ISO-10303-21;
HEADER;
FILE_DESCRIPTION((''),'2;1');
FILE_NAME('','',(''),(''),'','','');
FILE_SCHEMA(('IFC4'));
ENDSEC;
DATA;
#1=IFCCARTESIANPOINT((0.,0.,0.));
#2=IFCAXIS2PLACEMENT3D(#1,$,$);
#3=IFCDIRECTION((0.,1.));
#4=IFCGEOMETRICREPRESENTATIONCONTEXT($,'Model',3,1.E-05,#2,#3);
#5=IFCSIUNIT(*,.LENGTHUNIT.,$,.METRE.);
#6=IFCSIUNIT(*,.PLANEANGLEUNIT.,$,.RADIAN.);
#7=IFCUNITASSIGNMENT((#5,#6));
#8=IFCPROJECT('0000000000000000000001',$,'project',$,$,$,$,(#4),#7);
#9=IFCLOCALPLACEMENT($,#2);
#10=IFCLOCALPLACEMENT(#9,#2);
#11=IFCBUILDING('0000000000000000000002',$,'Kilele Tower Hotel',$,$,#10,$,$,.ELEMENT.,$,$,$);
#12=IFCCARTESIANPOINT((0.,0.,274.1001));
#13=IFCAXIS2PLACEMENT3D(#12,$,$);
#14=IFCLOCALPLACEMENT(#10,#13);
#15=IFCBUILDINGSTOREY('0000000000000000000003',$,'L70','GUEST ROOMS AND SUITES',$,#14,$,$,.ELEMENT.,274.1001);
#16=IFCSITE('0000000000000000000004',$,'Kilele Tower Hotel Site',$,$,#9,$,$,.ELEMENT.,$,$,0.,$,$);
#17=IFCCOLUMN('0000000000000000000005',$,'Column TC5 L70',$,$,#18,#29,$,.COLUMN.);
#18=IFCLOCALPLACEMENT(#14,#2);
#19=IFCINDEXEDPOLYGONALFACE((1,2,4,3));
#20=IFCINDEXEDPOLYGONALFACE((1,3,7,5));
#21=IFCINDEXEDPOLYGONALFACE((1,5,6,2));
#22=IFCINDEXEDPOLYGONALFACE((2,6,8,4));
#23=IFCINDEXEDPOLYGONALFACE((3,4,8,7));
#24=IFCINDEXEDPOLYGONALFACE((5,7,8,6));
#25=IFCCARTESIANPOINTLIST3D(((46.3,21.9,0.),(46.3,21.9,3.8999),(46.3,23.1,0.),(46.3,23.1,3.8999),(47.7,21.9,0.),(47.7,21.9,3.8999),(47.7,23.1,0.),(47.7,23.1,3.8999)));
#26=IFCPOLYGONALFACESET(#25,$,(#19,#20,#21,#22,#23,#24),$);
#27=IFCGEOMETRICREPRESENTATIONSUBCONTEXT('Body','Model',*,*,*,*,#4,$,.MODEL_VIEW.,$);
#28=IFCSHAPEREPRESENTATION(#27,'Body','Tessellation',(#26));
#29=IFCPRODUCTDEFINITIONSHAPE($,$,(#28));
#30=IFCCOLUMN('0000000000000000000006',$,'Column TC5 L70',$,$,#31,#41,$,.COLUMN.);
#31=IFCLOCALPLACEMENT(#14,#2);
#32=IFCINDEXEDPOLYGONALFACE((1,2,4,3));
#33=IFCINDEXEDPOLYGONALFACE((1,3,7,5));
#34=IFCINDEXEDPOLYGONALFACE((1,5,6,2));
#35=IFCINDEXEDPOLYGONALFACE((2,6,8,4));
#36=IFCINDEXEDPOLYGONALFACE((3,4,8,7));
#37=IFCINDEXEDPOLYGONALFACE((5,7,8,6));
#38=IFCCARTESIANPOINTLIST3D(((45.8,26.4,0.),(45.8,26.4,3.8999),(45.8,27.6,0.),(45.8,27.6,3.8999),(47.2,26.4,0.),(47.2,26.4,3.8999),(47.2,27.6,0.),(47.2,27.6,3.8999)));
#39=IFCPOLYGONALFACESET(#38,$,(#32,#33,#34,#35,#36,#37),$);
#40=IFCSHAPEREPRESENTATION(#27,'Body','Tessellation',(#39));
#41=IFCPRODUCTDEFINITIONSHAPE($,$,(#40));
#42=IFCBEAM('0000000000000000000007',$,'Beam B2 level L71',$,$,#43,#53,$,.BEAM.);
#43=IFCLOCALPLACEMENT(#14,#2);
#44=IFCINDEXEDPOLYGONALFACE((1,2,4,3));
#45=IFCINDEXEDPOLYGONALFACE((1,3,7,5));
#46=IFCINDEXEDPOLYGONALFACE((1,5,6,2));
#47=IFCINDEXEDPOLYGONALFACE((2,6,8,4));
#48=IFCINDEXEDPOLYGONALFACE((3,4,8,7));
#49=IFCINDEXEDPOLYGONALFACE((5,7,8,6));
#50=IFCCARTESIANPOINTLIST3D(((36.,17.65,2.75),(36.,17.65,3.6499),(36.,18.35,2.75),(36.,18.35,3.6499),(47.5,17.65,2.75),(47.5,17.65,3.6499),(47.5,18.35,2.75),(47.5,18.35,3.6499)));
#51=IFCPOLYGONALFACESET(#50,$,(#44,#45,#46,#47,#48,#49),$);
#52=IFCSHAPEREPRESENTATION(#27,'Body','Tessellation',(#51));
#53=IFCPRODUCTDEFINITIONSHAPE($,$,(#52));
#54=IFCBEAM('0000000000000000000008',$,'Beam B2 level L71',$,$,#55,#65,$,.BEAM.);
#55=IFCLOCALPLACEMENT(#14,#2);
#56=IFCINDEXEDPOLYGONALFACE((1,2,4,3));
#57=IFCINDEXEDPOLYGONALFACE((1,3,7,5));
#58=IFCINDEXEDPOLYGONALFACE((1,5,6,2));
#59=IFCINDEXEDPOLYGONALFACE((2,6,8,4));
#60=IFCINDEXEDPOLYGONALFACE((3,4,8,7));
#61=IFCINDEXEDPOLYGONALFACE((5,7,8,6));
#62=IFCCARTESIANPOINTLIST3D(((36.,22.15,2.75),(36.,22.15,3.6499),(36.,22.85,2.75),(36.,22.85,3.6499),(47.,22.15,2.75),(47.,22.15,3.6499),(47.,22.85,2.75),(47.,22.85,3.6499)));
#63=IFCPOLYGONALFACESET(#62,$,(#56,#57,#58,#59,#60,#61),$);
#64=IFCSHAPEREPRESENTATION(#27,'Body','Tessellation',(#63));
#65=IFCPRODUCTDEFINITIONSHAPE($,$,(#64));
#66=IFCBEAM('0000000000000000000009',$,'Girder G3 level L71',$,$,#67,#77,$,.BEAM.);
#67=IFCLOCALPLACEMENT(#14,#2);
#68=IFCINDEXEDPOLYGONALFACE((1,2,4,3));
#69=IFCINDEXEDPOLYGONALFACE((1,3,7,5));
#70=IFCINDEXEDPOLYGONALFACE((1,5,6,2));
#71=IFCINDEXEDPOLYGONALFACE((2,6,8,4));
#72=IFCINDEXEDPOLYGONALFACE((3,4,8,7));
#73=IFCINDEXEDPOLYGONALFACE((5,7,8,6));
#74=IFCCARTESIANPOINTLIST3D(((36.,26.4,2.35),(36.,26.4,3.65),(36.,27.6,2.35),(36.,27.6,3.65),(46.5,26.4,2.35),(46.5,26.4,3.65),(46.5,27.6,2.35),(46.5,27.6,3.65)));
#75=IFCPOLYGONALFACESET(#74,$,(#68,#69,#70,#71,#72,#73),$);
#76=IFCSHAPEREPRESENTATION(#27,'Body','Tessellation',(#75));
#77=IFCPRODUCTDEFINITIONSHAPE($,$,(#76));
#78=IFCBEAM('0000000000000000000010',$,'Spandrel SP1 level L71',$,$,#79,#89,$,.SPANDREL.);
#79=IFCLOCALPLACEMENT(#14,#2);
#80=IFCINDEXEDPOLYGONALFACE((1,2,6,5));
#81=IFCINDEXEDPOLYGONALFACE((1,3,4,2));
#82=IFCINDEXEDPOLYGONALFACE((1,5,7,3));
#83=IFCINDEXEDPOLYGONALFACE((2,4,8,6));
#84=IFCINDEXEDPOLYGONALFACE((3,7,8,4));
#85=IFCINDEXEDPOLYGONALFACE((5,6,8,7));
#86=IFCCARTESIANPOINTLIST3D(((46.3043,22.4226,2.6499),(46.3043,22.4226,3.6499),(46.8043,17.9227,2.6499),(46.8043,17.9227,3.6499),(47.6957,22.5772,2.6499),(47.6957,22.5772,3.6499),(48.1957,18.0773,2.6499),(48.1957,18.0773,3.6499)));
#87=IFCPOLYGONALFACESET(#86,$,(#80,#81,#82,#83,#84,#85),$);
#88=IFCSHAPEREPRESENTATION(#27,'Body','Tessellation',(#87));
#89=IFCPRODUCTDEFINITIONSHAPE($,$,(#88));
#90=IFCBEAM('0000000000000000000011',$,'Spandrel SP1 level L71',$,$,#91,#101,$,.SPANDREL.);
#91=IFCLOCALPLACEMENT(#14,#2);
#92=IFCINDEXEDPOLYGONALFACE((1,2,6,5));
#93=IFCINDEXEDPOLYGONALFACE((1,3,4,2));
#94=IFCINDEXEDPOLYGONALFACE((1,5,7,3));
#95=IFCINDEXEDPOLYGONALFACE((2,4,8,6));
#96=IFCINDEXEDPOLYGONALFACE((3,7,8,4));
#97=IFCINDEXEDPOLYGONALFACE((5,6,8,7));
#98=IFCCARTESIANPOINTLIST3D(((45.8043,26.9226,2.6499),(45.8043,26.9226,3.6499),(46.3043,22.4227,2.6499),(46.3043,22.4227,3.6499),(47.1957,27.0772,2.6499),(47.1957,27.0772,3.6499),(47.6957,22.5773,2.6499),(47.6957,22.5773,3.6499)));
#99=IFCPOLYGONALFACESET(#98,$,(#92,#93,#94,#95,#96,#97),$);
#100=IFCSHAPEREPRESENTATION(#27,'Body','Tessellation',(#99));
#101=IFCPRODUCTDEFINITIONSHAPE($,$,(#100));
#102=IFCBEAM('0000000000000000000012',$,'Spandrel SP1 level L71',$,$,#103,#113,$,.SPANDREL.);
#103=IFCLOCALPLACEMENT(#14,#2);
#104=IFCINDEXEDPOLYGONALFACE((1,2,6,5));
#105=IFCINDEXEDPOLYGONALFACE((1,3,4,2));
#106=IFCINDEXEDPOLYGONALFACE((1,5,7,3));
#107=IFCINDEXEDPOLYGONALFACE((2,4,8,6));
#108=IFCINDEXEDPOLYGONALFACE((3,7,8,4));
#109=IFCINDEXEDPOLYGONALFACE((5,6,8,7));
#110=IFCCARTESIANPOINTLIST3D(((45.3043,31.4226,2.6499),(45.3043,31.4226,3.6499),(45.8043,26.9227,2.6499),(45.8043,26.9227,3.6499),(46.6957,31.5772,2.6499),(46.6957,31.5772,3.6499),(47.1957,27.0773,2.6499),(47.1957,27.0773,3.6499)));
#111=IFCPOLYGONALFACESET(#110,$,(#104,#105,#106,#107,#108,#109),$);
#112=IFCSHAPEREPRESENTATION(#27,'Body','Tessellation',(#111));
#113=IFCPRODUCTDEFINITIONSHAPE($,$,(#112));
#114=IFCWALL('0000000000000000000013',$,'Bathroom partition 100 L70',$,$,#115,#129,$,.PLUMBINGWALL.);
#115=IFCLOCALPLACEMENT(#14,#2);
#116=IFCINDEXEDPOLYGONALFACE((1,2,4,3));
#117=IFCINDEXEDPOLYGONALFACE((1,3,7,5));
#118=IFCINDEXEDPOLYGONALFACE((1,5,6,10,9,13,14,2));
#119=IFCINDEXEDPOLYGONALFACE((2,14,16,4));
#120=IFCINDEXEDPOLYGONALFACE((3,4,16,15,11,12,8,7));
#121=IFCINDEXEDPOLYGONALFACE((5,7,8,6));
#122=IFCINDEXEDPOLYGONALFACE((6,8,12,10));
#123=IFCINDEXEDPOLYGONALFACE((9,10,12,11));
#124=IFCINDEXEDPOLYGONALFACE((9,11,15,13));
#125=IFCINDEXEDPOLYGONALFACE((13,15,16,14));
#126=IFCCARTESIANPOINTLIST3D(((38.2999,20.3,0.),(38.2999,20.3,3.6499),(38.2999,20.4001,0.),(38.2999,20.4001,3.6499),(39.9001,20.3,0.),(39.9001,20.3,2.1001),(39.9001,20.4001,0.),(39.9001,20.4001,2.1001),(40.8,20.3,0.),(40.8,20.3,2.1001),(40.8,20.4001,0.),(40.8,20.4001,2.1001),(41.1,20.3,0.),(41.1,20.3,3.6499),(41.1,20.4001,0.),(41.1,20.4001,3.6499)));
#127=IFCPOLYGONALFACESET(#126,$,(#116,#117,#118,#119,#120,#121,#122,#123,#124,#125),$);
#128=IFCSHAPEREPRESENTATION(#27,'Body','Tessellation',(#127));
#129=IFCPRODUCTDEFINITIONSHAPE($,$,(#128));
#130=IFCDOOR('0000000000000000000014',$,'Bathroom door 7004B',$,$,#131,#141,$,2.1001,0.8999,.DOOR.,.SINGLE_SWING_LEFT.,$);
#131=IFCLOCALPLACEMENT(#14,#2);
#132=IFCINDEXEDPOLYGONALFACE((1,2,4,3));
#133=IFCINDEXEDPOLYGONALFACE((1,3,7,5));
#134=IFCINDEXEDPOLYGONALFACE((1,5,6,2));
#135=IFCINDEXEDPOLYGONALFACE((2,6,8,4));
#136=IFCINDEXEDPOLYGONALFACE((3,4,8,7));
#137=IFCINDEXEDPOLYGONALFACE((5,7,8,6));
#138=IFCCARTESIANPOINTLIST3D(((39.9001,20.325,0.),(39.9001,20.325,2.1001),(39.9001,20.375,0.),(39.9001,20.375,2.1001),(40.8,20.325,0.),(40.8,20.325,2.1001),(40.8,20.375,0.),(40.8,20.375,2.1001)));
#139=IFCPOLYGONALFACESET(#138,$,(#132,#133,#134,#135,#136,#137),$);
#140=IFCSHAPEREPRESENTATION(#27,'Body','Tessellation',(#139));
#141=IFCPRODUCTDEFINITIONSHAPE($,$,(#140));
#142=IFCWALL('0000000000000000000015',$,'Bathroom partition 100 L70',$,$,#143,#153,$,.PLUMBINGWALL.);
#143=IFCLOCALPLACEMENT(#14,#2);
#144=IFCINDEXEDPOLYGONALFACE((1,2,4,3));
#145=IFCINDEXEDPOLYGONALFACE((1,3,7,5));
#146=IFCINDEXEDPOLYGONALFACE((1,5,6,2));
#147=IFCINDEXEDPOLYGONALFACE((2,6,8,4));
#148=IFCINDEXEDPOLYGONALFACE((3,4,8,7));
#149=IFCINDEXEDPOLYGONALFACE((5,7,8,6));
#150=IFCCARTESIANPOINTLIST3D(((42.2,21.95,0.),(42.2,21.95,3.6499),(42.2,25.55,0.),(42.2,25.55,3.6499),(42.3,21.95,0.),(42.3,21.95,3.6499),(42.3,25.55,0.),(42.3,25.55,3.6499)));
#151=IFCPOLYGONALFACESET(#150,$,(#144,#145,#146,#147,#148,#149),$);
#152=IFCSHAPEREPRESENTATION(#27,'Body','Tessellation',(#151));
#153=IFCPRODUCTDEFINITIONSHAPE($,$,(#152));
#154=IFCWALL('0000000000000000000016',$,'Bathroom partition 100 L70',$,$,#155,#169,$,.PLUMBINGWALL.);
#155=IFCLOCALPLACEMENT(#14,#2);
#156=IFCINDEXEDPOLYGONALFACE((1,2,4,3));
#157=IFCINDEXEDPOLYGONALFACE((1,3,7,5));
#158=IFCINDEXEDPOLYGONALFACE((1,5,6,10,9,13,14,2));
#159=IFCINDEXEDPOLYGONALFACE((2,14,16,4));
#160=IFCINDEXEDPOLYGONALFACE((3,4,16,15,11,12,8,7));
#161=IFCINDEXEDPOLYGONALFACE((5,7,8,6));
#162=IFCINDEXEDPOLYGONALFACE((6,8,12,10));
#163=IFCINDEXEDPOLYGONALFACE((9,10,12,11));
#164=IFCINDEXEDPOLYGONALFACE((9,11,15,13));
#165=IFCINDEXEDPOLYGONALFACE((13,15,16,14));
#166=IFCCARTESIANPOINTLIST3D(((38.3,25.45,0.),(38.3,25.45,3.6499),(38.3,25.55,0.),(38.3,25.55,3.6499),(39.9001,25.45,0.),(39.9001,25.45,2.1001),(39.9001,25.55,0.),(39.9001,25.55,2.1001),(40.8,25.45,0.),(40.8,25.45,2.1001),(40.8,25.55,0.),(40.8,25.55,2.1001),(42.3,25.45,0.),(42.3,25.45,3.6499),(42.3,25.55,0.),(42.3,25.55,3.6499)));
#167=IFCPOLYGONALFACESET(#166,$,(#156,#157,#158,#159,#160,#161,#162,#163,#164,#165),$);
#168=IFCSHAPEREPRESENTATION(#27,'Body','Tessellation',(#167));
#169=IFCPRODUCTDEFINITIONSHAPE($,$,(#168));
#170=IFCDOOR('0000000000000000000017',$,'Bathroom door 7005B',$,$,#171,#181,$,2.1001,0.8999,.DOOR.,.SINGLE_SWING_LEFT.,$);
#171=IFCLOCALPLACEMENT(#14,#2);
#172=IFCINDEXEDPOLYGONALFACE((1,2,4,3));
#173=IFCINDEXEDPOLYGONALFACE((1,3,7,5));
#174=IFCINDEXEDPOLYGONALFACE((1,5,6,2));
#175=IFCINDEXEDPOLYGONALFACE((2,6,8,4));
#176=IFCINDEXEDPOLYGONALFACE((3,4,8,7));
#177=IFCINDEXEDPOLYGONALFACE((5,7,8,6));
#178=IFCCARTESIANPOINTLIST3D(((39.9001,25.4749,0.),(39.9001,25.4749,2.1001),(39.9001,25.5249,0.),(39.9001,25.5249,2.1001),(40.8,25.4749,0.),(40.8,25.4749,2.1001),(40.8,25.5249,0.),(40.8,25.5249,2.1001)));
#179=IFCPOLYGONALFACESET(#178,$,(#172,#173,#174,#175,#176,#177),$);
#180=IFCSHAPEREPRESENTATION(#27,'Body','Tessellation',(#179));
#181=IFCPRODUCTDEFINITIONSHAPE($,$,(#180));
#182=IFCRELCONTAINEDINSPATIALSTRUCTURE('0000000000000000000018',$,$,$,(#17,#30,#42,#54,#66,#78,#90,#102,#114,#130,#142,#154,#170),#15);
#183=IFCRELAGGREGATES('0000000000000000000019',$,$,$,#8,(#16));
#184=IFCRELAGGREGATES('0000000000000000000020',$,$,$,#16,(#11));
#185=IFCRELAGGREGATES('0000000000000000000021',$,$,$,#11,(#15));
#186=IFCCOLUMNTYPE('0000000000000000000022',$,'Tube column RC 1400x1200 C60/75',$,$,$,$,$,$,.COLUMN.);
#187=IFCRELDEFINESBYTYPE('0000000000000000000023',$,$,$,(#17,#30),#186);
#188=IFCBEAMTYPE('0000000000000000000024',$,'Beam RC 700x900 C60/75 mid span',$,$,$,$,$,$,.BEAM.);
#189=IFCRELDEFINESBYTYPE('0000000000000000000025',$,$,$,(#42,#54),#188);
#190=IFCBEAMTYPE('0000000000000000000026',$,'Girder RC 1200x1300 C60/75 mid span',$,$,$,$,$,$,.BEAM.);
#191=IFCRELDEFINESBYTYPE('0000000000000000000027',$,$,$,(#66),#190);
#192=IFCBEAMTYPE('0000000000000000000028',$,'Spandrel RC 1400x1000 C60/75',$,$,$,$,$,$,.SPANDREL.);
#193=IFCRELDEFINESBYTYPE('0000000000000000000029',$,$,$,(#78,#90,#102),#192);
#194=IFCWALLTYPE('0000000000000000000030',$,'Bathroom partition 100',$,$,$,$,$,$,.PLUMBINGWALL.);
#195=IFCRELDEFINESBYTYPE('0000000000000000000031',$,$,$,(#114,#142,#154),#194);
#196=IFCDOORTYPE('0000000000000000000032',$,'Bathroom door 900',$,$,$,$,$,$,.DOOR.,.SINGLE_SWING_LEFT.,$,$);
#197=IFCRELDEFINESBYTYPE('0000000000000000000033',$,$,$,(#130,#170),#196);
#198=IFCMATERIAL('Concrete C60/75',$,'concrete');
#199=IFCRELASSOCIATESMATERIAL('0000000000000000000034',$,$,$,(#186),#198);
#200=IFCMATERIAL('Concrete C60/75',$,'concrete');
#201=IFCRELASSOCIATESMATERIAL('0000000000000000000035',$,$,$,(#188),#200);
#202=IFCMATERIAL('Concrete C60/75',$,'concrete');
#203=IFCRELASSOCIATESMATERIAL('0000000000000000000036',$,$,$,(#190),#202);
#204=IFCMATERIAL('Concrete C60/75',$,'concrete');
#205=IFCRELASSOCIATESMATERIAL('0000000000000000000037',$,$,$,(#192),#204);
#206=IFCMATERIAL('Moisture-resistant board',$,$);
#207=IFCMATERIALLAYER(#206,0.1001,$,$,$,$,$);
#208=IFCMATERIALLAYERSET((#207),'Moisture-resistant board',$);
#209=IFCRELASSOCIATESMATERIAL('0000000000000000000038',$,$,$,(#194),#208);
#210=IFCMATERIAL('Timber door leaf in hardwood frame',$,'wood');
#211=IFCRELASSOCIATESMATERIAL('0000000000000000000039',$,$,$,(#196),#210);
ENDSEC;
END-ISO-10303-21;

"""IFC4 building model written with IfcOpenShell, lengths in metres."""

from ifc_helpers import new_model, si_unit, direction, frame, frame_2d, origin, origin_2d, place, context, subcontext, project, spatial, rectangle, extrude, material, layer, layer_set, material_profile, profile_set, type_object, element, fill, save


model = new_model("IFC4")

# Units and contexts
model_context = context("Model", 3, precision=1e-05, world=origin(), true_north=direction((0.0, 1.0)))
body_context = subcontext(model_context, "Body", "Model", "MODEL_VIEW")
ifc_project = project(units=[si_unit("LENGTHUNIT", "METRE"), si_unit("PLANEANGLEUNIT", "RADIAN")], contexts=[model_context])

# Site, building, storey
site_placement = place(None, origin())
site = spatial("IfcSite", under=ifc_project, at=site_placement, Name="Kilele Tower Hotel Site", CompositionType="ELEMENT", RefElevation=0.0)
building_placement = place(site_placement, origin())
building = spatial("IfcBuilding", under=site, at=building_placement, Name="Kilele Tower Hotel", CompositionType="ELEMENT")
storey_placement = place(building_placement, frame((0.0, 0.0, 274.1001)))
storey = spatial("IfcBuildingStorey", under=building, at=storey_placement, Name="L70", Description="GUEST ROOMS AND SUITES", CompositionType="ELEMENT", Elevation=274.1001)

# Columns
ifc_material_1 = material(Name="Concrete C60/75", Category="concrete")
ifc_material_profile_1 = material_profile(ifc_material_1, rectangle(XDim=1.3999, YDim=1.2, at=origin_2d()))
ifc_profile_set_1 = profile_set([ifc_material_profile_1], Name="Concrete C60/75")
column_type = type_object("IfcColumnType", Name="Tube column RC 1400x1200 C60/75", PredefinedType="COLUMN", material=ifc_profile_set_1)
for number, where, z_axis, x_axis, name in (
    (1, (47.0, 22.5, 0.0), (0.0, 0.0, 1.0), (1.0, 0.0, 0.0), "Column TC5 L70"),
    (2, (46.5, 27.0, 0.0), (0.0, 0.0, 1.0), (1.0, 0.0, 0.0), "Column TC5 L70"),
):
    element("IfcColumn", number, at=place(storey_placement, frame(where, z_axis=z_axis, x_axis=x_axis)), inside=storey, type_object=column_type, Name=name, PredefinedType="COLUMN", context=body_context, shape_type="SweptSolid", body=[
        extrude(rectangle(XDim=1.3999, YDim=1.2, at=origin_2d()), origin(), (0.0, 0.0, 1.0), 3.8999),
    ])

# Beams
ifc_material_2 = material(Name="Concrete C60/75", Category="concrete")
ifc_material_profile_2 = material_profile(ifc_material_2, rectangle(XDim=0.7, YDim=0.8999, at=origin_2d()))
ifc_profile_set_2 = profile_set([ifc_material_profile_2], Name="Concrete C60/75")
beam_type_1 = type_object("IfcBeamType", Name="Beam RC 700x900 C60/75 mid span", PredefinedType="BEAM", material=ifc_profile_set_2)
beam_1_placement = place(storey_placement, frame((47.5, 18.0, 3.2), z_axis=(-1.0, 0.0, 0.0), x_axis=(0.0, -1.0, 0.0)))
element("IfcBeam", 3, at=beam_1_placement, inside=storey, type_object=beam_type_1, Name="Beam B2 level L71", PredefinedType="BEAM", context=body_context, shape_type="SweptSolid", body=[
    extrude(rectangle(XDim=0.7, YDim=0.8999, at=origin_2d()), origin(), (0.0, 0.0, 1.0), 11.5),
])
beam_2_placement = place(storey_placement, frame((47.0, 22.5, 3.2), z_axis=(-1.0, 0.0, 0.0), x_axis=(0.0, -1.0, 0.0)))
element("IfcBeam", 4, at=beam_2_placement, inside=storey, type_object=beam_type_1, Name="Beam B2 level L71", PredefinedType="BEAM", context=body_context, shape_type="SweptSolid", body=[
    extrude(rectangle(XDim=0.7, YDim=0.8999, at=origin_2d()), origin(), (0.0, 0.0, 1.0), 11.0),
])
ifc_material_3 = material(Name="Concrete C60/75", Category="concrete")
ifc_material_profile_3 = material_profile(ifc_material_3, rectangle(XDim=1.2, YDim=1.3, at=origin_2d()))
ifc_profile_set_3 = profile_set([ifc_material_profile_3], Name="Concrete C60/75")
beam_type_2 = type_object("IfcBeamType", Name="Girder RC 1200x1300 C60/75 mid span", PredefinedType="BEAM", material=ifc_profile_set_3)
beam_3_placement = place(storey_placement, frame((46.5, 27.0, 3.0), z_axis=(-1.0, 0.0, 0.0), x_axis=(0.0, -1.0, 0.0)))
element("IfcBeam", 5, at=beam_3_placement, inside=storey, type_object=beam_type_2, Name="Girder G3 level L71", PredefinedType="BEAM", context=body_context, shape_type="SweptSolid", body=[
    extrude(rectangle(XDim=1.2, YDim=1.3, at=origin_2d()), origin(), (0.0, 0.0, 1.0), 10.5),
])
ifc_material_4 = material(Name="Concrete C60/75", Category="concrete")
ifc_material_profile_4 = material_profile(ifc_material_4, rectangle(XDim=1.3999, YDim=1.0, at=origin_2d()))
ifc_profile_set_4 = profile_set([ifc_material_profile_4], Name="Concrete C60/75")
beam_type_3 = type_object("IfcBeamType", Name="Spandrel RC 1400x1000 C60/75", PredefinedType="SPANDREL", material=ifc_profile_set_4)
for number, where, z_axis, x_axis, name in (
    (6, (47.5, 18.0, 3.1499), (-0.110432, 0.993884, 0.0), (-0.993884, -0.110432, 0.0), "Spandrel SP1 level L71"),
    (7, (47.0, 22.5, 3.1499), (-0.110432, 0.993884, 0.0), (-0.993884, -0.110432, 0.0), "Spandrel SP1 level L71"),
    (8, (46.5, 27.0, 3.1499), (-0.110432, 0.993884, 0.0), (-0.993884, -0.110432, 0.0), "Spandrel SP1 level L71"),
):
    element("IfcBeam", number, at=place(storey_placement, frame(where, z_axis=z_axis, x_axis=x_axis)), inside=storey, type_object=beam_type_3, Name=name, PredefinedType="SPANDREL", context=body_context, shape_type="SweptSolid", body=[
        extrude(rectangle(XDim=1.3999, YDim=1.0, at=origin_2d()), origin(), (0.0, 0.0, 1.0), 4.5276),
    ])

# Wall, opening, door
ifc_material_5 = material(Name="Moisture-resistant board")
ifc_layer_1 = layer(ifc_material_5, 0.1001)
ifc_layer_set_1 = layer_set([ifc_layer_1], Name="Moisture-resistant board")
wall_type_1 = type_object("IfcWallType", Name="Bathroom partition 100", PredefinedType="PLUMBINGWALL", material=ifc_layer_set_1)
wall_1_placement = place(storey_placement, frame((38.3, 20.3501, 0.0), z_axis=(0.0, 0.0, 1.0), x_axis=(1.0, 0.0, 0.0)))
wall_1 = element("IfcWall", 9, at=wall_1_placement, inside=storey, type_object=wall_type_1, Name="Bathroom partition 100 L70", PredefinedType="PLUMBINGWALL", context=body_context, shape_type="SweptSolid", body=[
    extrude(rectangle(XDim=2.8, YDim=0.1001, at=frame_2d((1.3999, 0.0))), origin(), (0.0, 0.0, 1.0), 3.6499),
])
opening_1_placement = place(wall_1_placement, frame((1.6001, 0.0, 0.0)))
opening_1 = element("IfcOpeningElement", 10, at=opening_1_placement, cuts=wall_1, PredefinedType="OPENING", context=body_context, shape_type="SweptSolid", body=[
    extrude(rectangle(XDim=0.8999, YDim=2.1001, at=frame_2d((0.45, 1.05))), frame((0.0, 0.0601, 0.0), z_axis=(0.0, -1.0, 0.0), x_axis=(1.0, 0.0, 0.0)), (0.0, 0.0, 1.0), 0.1201),
])
ifc_material_6 = material(Name="Timber door leaf in hardwood frame", Category="wood")
door_type_1 = type_object("IfcDoorType", Name="Bathroom door 900", OperationType="SINGLE_SWING_LEFT", PredefinedType="DOOR", material=ifc_material_6)
door_1_placement = place(opening_1_placement, origin())
door_1 = element("IfcDoor", 11, at=door_1_placement, inside=storey, type_object=door_type_1, Name="Bathroom door 7004B", OperationType="SINGLE_SWING_LEFT", OverallHeight=2.1001, OverallWidth=0.8999, PredefinedType="DOOR", context=body_context, shape_type="SweptSolid", body=[
    extrude(rectangle(XDim=0.8999, YDim=2.1001, at=frame_2d((0.45, 1.05))), frame((0.0, 0.0249, 0.0), z_axis=(0.0, -1.0, 0.0), x_axis=(1.0, 0.0, 0.0)), (0.0, 0.0, 1.0), 0.05),
])
fill(opening_1, door_1)

# Wall
wall_2_placement = place(storey_placement, frame((42.25, 21.95, 0.0), z_axis=(0.0, 0.0, 1.0), x_axis=(0.0, 1.0, 0.0)))
element("IfcWall", 12, at=wall_2_placement, inside=storey, type_object=wall_type_1, Name="Bathroom partition 100 L70", PredefinedType="PLUMBINGWALL", context=body_context, shape_type="SweptSolid", body=[
    extrude(rectangle(XDim=3.6001, YDim=0.1001, at=frame_2d((1.8, 0.0))), origin(), (0.0, 0.0, 1.0), 3.6499),
])

# Wall, opening, door
wall_3_placement = place(storey_placement, frame((38.3, 25.5, 0.0), z_axis=(0.0, 0.0, 1.0), x_axis=(1.0, 0.0, 0.0)))
wall_3 = element("IfcWall", 13, at=wall_3_placement, inside=storey, type_object=wall_type_1, Name="Bathroom partition 100 L70", PredefinedType="PLUMBINGWALL", context=body_context, shape_type="SweptSolid", body=[
    extrude(rectangle(XDim=4.0, YDim=0.1001, at=frame_2d((2.0, 0.0))), origin(), (0.0, 0.0, 1.0), 3.6499),
])
opening_2_placement = place(wall_3_placement, frame((1.6001, 0.0, 0.0)))
opening_2 = element("IfcOpeningElement", 14, at=opening_2_placement, cuts=wall_3, PredefinedType="OPENING", context=body_context, shape_type="SweptSolid", body=[
    extrude(rectangle(XDim=0.8999, YDim=2.1001, at=frame_2d((0.45, 1.05))), frame((0.0, 0.0601, 0.0), z_axis=(0.0, -1.0, 0.0), x_axis=(1.0, 0.0, 0.0)), (0.0, 0.0, 1.0), 0.1201),
])
door_2_placement = place(opening_2_placement, origin())
door_2 = element("IfcDoor", 15, at=door_2_placement, inside=storey, type_object=door_type_1, Name="Bathroom door 7005B", OperationType="SINGLE_SWING_LEFT", OverallHeight=2.1001, OverallWidth=0.8999, PredefinedType="DOOR", context=body_context, shape_type="SweptSolid", body=[
    extrude(rectangle(XDim=0.8999, YDim=2.1001, at=frame_2d((0.45, 1.05))), frame((0.0, 0.0249, 0.0), z_axis=(0.0, -1.0, 0.0), x_axis=(1.0, 0.0, 0.0)), (0.0, 0.0, 1.0), 0.05),
])
fill(opening_2, door_2)

save(model, "model.ifc")
